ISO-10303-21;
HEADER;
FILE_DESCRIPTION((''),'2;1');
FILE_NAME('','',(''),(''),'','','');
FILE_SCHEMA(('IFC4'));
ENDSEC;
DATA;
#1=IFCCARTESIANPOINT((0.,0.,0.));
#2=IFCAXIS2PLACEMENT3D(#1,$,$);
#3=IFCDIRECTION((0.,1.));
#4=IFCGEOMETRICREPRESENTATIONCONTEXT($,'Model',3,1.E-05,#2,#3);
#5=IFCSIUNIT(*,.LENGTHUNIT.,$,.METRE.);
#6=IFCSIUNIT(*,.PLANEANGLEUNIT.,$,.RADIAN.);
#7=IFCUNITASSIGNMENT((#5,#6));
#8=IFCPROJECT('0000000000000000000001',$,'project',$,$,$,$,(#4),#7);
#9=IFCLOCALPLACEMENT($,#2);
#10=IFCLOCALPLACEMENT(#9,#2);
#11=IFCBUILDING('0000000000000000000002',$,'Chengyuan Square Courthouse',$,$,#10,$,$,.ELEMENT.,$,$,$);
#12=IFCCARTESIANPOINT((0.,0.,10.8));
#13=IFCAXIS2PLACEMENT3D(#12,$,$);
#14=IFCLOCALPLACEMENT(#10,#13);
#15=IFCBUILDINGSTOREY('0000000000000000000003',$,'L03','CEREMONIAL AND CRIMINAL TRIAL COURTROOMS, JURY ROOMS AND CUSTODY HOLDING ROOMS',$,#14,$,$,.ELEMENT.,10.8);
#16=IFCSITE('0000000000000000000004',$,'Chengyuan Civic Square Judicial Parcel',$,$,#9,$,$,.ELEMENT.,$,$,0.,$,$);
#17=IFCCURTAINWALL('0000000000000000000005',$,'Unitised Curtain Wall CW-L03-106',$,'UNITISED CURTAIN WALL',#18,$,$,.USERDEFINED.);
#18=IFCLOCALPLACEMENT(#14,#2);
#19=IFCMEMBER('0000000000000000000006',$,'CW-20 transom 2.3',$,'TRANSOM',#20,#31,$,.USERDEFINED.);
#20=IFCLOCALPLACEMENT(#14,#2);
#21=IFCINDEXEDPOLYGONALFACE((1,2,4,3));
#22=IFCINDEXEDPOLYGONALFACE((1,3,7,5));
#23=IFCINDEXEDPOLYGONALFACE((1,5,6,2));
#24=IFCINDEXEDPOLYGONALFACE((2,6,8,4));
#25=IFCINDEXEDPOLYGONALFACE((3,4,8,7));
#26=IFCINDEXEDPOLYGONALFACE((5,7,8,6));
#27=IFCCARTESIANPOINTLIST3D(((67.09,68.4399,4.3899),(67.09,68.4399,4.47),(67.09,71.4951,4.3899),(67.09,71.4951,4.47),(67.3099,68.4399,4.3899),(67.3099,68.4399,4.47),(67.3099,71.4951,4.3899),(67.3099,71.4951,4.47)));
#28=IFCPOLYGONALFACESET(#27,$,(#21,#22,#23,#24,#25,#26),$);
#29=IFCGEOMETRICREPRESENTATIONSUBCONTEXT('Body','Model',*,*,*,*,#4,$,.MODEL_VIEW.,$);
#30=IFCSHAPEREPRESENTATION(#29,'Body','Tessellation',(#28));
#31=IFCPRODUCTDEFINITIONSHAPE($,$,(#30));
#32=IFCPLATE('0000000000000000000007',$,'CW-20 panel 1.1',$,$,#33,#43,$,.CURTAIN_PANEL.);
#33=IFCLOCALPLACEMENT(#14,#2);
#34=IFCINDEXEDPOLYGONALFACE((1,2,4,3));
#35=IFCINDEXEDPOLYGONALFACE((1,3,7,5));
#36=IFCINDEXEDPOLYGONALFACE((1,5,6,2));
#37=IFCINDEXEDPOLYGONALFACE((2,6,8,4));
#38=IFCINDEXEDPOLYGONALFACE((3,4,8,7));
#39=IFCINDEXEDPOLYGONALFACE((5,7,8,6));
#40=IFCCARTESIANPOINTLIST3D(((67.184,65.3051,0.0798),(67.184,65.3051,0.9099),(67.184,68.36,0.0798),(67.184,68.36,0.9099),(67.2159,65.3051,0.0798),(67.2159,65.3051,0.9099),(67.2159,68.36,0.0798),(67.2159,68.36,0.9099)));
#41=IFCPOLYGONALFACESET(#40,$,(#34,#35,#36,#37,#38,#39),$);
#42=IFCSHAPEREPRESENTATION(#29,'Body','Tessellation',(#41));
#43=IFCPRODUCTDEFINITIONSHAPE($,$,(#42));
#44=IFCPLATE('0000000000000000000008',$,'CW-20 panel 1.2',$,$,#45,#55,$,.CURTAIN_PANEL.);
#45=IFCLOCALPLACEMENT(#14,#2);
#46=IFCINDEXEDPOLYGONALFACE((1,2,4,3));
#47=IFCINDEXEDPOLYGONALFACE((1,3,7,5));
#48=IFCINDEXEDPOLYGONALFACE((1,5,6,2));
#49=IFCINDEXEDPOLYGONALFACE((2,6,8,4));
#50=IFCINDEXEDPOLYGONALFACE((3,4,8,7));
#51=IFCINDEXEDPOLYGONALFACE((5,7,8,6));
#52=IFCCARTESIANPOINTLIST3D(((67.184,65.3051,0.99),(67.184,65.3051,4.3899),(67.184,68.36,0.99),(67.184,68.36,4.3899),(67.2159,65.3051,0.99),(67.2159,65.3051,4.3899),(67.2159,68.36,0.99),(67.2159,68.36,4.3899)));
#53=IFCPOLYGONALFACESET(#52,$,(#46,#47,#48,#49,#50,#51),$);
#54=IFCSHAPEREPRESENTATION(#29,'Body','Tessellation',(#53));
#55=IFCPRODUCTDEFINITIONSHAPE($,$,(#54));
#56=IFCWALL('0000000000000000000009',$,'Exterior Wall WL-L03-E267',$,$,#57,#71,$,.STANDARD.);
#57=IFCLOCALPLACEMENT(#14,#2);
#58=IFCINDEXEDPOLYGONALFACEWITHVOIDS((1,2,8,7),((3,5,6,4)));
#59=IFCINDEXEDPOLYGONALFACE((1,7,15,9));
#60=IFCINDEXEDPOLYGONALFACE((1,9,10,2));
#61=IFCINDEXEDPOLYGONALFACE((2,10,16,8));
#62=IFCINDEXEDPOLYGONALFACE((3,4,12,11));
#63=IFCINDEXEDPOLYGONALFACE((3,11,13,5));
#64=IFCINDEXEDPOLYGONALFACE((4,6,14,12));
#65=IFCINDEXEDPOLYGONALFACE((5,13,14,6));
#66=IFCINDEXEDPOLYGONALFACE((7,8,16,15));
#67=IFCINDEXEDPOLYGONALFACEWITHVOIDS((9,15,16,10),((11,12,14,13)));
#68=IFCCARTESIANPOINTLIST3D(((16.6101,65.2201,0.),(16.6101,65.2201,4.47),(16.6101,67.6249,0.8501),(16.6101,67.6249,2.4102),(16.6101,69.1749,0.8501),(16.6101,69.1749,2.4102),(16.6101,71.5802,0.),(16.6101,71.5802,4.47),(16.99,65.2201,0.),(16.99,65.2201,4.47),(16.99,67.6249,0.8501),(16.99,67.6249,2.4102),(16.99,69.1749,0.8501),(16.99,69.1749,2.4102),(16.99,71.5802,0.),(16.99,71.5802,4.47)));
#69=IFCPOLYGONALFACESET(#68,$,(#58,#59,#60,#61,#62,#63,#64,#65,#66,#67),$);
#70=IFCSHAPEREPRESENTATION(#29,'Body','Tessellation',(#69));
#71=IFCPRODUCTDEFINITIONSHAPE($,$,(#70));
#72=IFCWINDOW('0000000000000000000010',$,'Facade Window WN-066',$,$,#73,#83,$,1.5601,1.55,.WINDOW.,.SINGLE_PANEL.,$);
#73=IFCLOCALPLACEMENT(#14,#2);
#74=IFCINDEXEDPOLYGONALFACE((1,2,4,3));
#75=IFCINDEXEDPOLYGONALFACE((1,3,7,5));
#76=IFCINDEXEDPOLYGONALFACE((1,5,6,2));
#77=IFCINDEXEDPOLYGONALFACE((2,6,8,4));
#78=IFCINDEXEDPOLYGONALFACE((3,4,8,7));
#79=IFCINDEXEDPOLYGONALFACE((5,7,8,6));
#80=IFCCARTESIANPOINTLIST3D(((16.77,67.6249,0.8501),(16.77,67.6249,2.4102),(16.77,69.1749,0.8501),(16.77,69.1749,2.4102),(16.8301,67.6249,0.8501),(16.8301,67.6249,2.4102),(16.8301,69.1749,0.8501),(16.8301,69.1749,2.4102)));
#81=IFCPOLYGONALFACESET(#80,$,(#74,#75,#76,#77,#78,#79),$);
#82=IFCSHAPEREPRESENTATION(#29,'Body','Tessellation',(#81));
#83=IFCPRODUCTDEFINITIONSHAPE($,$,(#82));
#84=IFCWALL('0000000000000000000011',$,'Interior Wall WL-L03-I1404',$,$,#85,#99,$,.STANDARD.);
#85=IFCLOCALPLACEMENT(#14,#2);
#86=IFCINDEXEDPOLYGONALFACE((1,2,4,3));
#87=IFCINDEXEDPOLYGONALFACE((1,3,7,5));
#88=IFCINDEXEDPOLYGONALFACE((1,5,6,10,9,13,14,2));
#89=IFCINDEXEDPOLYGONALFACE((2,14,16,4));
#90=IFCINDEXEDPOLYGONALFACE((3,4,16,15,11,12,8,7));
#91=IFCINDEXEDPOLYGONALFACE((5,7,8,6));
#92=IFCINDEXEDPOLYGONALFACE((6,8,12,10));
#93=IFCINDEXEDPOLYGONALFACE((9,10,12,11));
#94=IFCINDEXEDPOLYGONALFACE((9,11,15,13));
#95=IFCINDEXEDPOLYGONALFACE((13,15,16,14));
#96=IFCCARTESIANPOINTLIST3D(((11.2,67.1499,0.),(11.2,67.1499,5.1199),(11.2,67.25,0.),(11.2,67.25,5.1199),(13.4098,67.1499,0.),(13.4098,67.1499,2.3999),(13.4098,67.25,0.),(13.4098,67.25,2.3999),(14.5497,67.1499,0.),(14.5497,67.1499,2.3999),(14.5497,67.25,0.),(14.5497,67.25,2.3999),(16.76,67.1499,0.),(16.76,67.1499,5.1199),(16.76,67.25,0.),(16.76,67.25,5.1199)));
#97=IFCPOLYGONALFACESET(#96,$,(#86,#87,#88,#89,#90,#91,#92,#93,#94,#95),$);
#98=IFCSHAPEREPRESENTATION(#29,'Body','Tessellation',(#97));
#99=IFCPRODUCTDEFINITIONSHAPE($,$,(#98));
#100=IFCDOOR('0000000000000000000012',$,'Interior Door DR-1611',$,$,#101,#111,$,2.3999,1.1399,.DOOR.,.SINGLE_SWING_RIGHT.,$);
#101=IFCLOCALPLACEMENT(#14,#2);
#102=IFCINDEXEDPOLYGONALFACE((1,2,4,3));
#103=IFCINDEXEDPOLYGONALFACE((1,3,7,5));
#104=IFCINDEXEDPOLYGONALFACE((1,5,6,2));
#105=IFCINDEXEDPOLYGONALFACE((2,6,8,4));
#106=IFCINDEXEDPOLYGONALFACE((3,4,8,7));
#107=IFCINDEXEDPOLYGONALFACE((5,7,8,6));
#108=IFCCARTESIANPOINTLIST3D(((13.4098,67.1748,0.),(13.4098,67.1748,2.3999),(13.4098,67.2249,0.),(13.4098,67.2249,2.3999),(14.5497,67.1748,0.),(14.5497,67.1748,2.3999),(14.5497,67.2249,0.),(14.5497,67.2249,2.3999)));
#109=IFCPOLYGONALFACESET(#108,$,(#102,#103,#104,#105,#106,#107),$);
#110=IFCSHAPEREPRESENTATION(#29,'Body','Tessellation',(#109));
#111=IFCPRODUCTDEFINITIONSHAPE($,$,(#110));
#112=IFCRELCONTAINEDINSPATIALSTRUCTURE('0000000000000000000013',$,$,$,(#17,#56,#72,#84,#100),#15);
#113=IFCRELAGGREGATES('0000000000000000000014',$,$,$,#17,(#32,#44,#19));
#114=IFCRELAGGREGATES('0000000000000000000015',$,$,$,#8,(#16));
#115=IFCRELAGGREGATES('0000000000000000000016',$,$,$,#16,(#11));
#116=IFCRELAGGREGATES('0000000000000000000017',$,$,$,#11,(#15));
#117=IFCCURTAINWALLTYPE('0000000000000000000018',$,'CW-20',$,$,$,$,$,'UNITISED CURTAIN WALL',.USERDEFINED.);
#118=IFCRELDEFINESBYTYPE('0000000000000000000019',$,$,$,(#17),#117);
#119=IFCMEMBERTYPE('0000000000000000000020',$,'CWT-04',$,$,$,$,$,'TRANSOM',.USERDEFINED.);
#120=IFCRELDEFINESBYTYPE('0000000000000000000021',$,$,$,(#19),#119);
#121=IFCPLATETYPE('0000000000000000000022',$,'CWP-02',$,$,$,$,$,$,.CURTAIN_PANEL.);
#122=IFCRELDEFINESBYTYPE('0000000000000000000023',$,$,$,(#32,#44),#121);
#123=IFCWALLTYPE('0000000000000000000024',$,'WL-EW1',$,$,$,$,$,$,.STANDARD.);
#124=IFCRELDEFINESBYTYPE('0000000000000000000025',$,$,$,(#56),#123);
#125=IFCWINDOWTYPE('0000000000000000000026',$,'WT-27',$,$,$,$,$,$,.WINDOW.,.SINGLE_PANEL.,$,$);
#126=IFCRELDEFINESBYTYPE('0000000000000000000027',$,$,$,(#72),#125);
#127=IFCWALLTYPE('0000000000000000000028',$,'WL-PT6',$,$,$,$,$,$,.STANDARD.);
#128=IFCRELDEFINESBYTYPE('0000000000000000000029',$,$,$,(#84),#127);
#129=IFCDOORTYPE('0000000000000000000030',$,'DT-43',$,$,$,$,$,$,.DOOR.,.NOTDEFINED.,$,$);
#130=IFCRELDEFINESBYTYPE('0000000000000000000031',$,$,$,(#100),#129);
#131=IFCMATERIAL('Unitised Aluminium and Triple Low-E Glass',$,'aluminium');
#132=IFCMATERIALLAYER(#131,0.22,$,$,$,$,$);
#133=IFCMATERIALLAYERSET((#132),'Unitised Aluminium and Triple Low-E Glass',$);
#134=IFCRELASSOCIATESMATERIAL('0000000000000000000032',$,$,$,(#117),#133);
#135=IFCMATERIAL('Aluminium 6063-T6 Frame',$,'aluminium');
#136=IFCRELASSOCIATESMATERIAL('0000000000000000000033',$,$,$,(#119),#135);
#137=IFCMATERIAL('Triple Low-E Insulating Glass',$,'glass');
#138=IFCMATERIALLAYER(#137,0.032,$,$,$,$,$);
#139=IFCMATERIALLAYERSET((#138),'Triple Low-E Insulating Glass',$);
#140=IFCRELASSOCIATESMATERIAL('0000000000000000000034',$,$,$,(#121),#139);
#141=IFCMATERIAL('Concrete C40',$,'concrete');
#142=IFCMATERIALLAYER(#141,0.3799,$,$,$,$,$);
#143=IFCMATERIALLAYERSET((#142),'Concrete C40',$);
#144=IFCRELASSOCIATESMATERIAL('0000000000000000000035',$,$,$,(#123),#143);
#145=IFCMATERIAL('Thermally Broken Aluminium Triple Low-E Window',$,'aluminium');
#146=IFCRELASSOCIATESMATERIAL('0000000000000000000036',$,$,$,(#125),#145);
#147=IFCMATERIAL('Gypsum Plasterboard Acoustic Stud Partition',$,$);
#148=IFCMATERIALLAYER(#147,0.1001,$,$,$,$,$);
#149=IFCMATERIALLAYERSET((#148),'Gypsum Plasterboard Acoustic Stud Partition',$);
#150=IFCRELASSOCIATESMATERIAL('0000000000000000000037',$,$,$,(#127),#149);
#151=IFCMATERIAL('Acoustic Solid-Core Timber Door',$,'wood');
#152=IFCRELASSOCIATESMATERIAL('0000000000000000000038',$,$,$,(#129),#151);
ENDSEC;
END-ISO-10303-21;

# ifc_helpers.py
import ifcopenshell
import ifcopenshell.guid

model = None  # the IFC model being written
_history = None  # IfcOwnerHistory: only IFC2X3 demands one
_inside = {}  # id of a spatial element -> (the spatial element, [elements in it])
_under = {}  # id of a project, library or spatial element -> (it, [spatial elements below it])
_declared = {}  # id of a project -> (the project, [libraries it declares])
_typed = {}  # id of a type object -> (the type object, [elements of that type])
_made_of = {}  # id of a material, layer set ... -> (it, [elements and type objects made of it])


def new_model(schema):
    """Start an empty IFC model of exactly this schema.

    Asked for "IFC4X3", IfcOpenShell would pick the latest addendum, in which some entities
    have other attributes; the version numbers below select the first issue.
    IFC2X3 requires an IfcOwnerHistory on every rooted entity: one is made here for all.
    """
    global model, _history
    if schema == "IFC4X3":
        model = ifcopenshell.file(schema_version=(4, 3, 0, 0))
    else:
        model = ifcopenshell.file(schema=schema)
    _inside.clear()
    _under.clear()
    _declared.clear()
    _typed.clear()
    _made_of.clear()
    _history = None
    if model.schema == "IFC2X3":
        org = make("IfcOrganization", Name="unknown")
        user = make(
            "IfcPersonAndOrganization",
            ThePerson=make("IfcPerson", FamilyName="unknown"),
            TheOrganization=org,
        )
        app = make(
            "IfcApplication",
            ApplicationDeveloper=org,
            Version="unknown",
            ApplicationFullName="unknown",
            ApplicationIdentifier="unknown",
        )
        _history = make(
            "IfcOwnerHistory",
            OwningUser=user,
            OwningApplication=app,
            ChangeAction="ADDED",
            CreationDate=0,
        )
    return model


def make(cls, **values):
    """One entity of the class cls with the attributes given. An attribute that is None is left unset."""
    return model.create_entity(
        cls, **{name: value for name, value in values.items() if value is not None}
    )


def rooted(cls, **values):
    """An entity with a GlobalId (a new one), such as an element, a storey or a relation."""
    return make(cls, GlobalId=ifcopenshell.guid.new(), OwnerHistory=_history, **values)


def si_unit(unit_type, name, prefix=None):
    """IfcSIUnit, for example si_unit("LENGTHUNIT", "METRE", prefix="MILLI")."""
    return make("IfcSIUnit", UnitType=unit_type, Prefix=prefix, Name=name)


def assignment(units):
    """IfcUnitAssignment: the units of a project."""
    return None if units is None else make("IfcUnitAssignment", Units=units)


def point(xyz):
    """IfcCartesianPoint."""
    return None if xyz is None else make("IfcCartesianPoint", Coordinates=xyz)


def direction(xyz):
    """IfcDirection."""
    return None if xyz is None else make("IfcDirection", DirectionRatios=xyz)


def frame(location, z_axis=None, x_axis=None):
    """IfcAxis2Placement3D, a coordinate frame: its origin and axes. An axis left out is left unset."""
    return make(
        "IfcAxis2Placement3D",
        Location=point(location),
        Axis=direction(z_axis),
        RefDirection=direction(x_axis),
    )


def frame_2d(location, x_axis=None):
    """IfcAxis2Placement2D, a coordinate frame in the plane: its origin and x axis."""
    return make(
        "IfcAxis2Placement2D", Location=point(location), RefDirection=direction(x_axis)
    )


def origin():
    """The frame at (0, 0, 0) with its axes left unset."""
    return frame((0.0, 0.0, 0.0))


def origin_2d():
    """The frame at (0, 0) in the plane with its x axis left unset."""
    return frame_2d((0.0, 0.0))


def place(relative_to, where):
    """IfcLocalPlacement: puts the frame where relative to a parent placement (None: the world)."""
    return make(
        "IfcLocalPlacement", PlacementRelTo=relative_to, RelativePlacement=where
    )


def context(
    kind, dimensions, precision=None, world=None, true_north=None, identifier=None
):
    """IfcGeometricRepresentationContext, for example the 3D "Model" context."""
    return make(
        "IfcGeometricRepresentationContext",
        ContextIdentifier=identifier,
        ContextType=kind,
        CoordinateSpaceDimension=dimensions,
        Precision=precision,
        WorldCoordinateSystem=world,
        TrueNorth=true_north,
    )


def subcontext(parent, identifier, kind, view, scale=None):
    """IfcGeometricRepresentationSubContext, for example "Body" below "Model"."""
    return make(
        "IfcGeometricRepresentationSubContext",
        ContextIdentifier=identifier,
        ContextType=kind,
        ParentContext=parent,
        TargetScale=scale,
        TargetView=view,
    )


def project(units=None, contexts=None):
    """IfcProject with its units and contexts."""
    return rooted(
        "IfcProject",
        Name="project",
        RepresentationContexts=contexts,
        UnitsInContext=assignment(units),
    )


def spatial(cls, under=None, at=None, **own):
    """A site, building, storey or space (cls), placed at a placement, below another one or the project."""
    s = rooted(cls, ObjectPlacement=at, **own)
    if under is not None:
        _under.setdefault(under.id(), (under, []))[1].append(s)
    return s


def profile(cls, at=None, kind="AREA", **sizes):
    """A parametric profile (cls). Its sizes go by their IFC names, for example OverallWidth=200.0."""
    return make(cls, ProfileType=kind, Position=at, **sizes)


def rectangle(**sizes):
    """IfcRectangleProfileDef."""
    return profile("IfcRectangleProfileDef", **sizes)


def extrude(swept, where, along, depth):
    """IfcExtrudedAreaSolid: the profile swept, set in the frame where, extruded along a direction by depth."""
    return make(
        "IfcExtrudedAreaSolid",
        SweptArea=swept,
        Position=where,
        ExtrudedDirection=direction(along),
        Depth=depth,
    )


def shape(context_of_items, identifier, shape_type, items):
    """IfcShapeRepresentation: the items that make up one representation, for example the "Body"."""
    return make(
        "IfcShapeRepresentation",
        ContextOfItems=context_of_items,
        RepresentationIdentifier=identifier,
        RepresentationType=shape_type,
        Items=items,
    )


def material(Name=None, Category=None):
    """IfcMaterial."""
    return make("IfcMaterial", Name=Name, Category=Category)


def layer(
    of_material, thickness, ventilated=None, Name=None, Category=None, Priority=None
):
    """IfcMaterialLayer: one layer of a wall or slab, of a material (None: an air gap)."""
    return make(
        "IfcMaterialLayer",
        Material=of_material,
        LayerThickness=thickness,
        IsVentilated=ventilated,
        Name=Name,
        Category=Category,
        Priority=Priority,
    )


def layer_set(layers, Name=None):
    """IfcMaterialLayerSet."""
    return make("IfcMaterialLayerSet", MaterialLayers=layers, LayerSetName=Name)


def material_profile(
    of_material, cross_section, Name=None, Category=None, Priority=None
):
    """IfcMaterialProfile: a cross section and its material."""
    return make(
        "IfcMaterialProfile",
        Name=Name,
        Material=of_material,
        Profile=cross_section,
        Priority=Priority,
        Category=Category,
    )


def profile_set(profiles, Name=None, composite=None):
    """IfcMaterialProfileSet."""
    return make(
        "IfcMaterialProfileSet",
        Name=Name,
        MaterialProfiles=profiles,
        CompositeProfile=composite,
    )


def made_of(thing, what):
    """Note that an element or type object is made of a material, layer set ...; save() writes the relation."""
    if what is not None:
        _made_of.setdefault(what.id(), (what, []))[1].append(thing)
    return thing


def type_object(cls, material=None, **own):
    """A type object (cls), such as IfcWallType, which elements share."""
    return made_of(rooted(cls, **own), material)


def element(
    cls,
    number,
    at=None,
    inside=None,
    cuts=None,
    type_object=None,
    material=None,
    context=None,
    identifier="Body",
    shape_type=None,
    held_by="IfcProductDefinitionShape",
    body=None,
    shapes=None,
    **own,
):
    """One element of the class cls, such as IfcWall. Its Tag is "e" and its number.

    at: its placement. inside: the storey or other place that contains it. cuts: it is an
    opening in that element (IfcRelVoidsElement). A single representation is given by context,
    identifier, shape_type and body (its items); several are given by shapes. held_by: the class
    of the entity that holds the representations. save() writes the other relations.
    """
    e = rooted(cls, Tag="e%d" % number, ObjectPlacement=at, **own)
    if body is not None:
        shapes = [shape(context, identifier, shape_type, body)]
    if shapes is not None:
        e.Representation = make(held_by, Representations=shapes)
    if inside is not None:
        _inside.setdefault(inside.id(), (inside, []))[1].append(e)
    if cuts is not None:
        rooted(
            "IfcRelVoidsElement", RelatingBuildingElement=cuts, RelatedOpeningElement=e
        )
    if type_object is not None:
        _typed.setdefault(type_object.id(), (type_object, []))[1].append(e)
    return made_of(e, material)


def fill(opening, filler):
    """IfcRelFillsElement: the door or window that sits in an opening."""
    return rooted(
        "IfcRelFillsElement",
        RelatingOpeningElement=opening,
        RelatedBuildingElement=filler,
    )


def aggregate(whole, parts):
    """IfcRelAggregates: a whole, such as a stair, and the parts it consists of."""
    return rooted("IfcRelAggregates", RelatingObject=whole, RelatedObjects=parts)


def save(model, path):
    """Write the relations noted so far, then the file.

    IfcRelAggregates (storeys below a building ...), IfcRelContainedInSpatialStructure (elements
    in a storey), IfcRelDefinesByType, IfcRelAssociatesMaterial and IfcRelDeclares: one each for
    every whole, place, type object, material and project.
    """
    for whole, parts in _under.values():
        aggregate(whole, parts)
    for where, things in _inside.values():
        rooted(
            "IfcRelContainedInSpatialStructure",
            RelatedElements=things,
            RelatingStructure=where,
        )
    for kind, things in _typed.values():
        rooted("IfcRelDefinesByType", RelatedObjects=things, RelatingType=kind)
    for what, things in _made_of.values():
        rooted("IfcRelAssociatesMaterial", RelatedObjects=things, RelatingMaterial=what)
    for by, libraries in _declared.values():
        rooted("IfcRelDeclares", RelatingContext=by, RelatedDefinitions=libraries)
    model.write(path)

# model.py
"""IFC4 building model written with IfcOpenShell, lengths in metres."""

from ifc_helpers import new_model, si_unit, direction, frame, frame_2d, origin, origin_2d, place, context, subcontext, project, spatial, rectangle, extrude, material, layer, layer_set, material_profile, profile_set, type_object, element, fill, aggregate, save


model = new_model("IFC4")

# Units and contexts
model_context = context("Model", 3, precision=1e-05, world=origin(), true_north=direction((0.0, 1.0)))
body_context = subcontext(model_context, "Body", "Model", "MODEL_VIEW")
ifc_project = project(units=[si_unit("LENGTHUNIT", "METRE"), si_unit("PLANEANGLEUNIT", "RADIAN")], contexts=[model_context])

# Site, building, storey
site_placement = place(None, origin())
site = spatial("IfcSite", under=ifc_project, at=site_placement, Name="Chengyuan Civic Square Judicial Parcel", CompositionType="ELEMENT", RefElevation=0.0)
building_placement = place(site_placement, origin())
building = spatial("IfcBuilding", under=site, at=building_placement, Name="Chengyuan Square Courthouse", CompositionType="ELEMENT")
storey_placement = place(building_placement, frame((0.0, 0.0, 10.8)))
storey = spatial("IfcBuildingStorey", under=building, at=storey_placement, Name="L03", Description="CEREMONIAL AND CRIMINAL TRIAL COURTROOMS, JURY ROOMS AND CUSTODY HOLDING ROOMS", CompositionType="ELEMENT", Elevation=10.8)

# Shared definitions
ifc_material_1 = material(Name="Concrete C40", Category="concrete")

# Shared definitions
ifc_material_2 = material(Name="Unitised Aluminium and Triple Low-E Glass", Category="aluminium")
ifc_layer_1 = layer(ifc_material_2, 0.22)
ifc_layer_set_1 = layer_set([ifc_layer_1], Name="Unitised Aluminium and Triple Low-E Glass")
curtain_wall_type = type_object("IfcCurtainWallType", Name="CW-20", ElementType="UNITISED CURTAIN WALL", PredefinedType="USERDEFINED", material=ifc_layer_set_1)
ifc_material_3 = material(Name="Aluminium 6063-T6 Frame", Category="aluminium")

# Curtain wall, member, plates
curtain_wall_1_placement = place(storey_placement, origin())
curtain_wall_1 = element("IfcCurtainWall", 1, at=curtain_wall_1_placement, inside=storey, type_object=curtain_wall_type, Name="Unitised Curtain Wall CW-L03-106", ObjectType="UNITISED CURTAIN WALL", PredefinedType="USERDEFINED")
ifc_material_profile_1 = material_profile(ifc_material_3, rectangle(XDim=0.22, YDim=0.0801, at=origin_2d()), Name="CW-TRN-80x180")
ifc_profile_set_1 = profile_set([ifc_material_profile_1], Name="Aluminium 6063-T6 Frame")
member_type_1 = type_object("IfcMemberType", Name="CWT-04", ElementType="TRANSOM", PredefinedType="USERDEFINED", material=ifc_profile_set_1)
member_1_placement = place(storey_placement, frame((67.2, 68.4399, 4.4299), z_axis=(0.0, 1.0, 0.0), x_axis=(-1.0, 0.0, 0.0)))
member_1 = element("IfcMember", 2, at=member_1_placement, type_object=member_type_1, Name="CW-20 transom 2.3", ObjectType="TRANSOM", PredefinedType="USERDEFINED", context=body_context, shape_type="SweptSolid", body=[
    extrude(rectangle(XDim=0.22, YDim=0.0801, at=origin_2d()), origin(), (0.0, 0.0, 1.0), 3.0552),
])
ifc_material_4 = material(Name="Triple Low-E Insulating Glass", Category="glass")
ifc_layer_2 = layer(ifc_material_4, 0.032)
ifc_layer_set_2 = layer_set([ifc_layer_2], Name="Triple Low-E Insulating Glass")
plate_type = type_object("IfcPlateType", Name="CWP-02", PredefinedType="CURTAIN_PANEL", material=ifc_layer_set_2)
plate_1_placement = place(storey_placement, frame((67.2, 66.8325, 0.0798), z_axis=(0.0, 0.0, 1.0), x_axis=(0.0, 1.0, 0.0)))
plate_1 = element("IfcPlate", 3, at=plate_1_placement, type_object=plate_type, Name="CW-20 panel 1.1", PredefinedType="CURTAIN_PANEL", context=body_context, shape_type="SweptSolid", body=[
    extrude(rectangle(XDim=3.0549, YDim=0.032, at=origin_2d()), origin(), (0.0, 0.0, 1.0), 0.8301),
])
plate_2_placement = place(storey_placement, frame((67.2, 66.8325, 0.99), z_axis=(0.0, 0.0, 1.0), x_axis=(0.0, 1.0, 0.0)))
plate_2 = element("IfcPlate", 4, at=plate_2_placement, type_object=plate_type, Name="CW-20 panel 1.2", PredefinedType="CURTAIN_PANEL", context=body_context, shape_type="SweptSolid", body=[
    extrude(rectangle(XDim=3.0549, YDim=0.032, at=origin_2d()), origin(), (0.0, 0.0, 1.0), 3.3999),
])
aggregate(curtain_wall_1, [plate_1, plate_2, member_1])

# Wall, opening, window
ifc_layer_3 = layer(ifc_material_1, 0.3799)
ifc_layer_set_3 = layer_set([ifc_layer_3], Name="Concrete C40")
wall_type_1 = type_object("IfcWallType", Name="WL-EW1", PredefinedType="STANDARD", material=ifc_layer_set_3)
wall_1_placement = place(storey_placement, frame((16.8, 65.22, 0.0), z_axis=(0.0, 0.0, 1.0), x_axis=(0.0, 1.0, 0.0)))
wall_1 = element("IfcWall", 5, at=wall_1_placement, inside=storey, type_object=wall_type_1, Name="Exterior Wall WL-L03-E267", PredefinedType="STANDARD", context=body_context, shape_type="SweptSolid", body=[
    extrude(rectangle(XDim=6.3601, YDim=0.3799, at=frame_2d((3.1802, 0.0))), origin(), (0.0, 0.0, 1.0), 4.47),
])
opening_1_placement = place(wall_1_placement, frame((2.405, 0.0, 0.8501)))
opening_1 = element("IfcOpeningElement", 6, at=opening_1_placement, cuts=wall_1, PredefinedType="OPENING", context=body_context, shape_type="SweptSolid", body=[
    extrude(rectangle(XDim=1.55, YDim=1.5601, at=frame_2d((0.7749, 0.78))), frame((0.0, 0.2019, 0.0), z_axis=(0.0, -1.0, 0.0), x_axis=(1.0, 0.0, 0.0)), (0.0, 0.0, 1.0), 0.4038),
])
ifc_material_5 = material(Name="Thermally Broken Aluminium Triple Low-E Window", Category="aluminium")
window_type = type_object("IfcWindowType", Name="WT-27", PartitioningType="SINGLE_PANEL", PredefinedType="WINDOW", material=ifc_material_5)
window_placement = place(opening_1_placement, origin())
window = element("IfcWindow", 7, at=window_placement, inside=storey, type_object=window_type, Name="Facade Window WN-066", OverallHeight=1.5601, OverallWidth=1.55, PartitioningType="SINGLE_PANEL", PredefinedType="WINDOW", context=body_context, shape_type="SweptSolid", body=[
    extrude(rectangle(XDim=1.55, YDim=1.5601, at=frame_2d((0.7749, 0.78))), frame((0.0, 0.03, 0.0), z_axis=(0.0, -1.0, 0.0), x_axis=(1.0, 0.0, 0.0)), (0.0, 0.0, 1.0), 0.0601),
])
fill(opening_1, window)

# Wall, opening, door
ifc_material_6 = material(Name="Gypsum Plasterboard Acoustic Stud Partition")
ifc_layer_4 = layer(ifc_material_6, 0.1001)
ifc_layer_set_4 = layer_set([ifc_layer_4], Name="Gypsum Plasterboard Acoustic Stud Partition")
wall_type_2 = type_object("IfcWallType", Name="WL-PT6", PredefinedType="STANDARD", material=ifc_layer_set_4)
ifc_material_7 = material(Name="Acoustic Solid-Core Timber Door", Category="wood")
wall_2_placement = place(storey_placement, frame((11.2, 67.2, 0.0), z_axis=(0.0, 0.0, 1.0), x_axis=(1.0, 0.0, 0.0)))
wall_2 = element("IfcWall", 8, at=wall_2_placement, inside=storey, type_object=wall_type_2, Name="Interior Wall WL-L03-I1404", PredefinedType="STANDARD", context=body_context, shape_type="SweptSolid", body=[
    extrude(rectangle(XDim=5.5601, YDim=0.1001, at=frame_2d((2.78, 0.0))), origin(), (0.0, 0.0, 1.0), 5.1199),
])
opening_2_placement = place(wall_2_placement, frame((2.21, 0.0, 0.0)))
opening_2 = element("IfcOpeningElement", 9, at=opening_2_placement, cuts=wall_2, PredefinedType="OPENING", context=body_context, shape_type="SweptSolid", body=[
    extrude(rectangle(XDim=1.1399, YDim=2.3999, at=frame_2d((0.5698, 1.2))), frame((0.0, 0.062, 0.0), z_axis=(0.0, -1.0, 0.0), x_axis=(1.0, 0.0, 0.0)), (0.0, 0.0, 1.0), 0.124),
])
door_type_1 = type_object("IfcDoorType", Name="DT-43", OperationType="NOTDEFINED", PredefinedType="DOOR", material=ifc_material_7)
door_1_placement = place(opening_2_placement, origin())
door_1 = element("IfcDoor", 10, at=door_1_placement, inside=storey, type_object=door_type_1, Name="Interior Door DR-1611", OperationType="SINGLE_SWING_RIGHT", OverallHeight=2.3999, OverallWidth=1.1399, PredefinedType="DOOR", context=body_context, shape_type="SweptSolid", body=[
    extrude(rectangle(XDim=1.1399, YDim=2.3999, at=frame_2d((0.5698, 1.2))), frame((0.0, 0.0249, 0.0), z_axis=(0.0, -1.0, 0.0), x_axis=(1.0, 0.0, 0.0)), (0.0, 0.0, 1.0), 0.05),
])
fill(opening_2, door_1)

save(model, "model.ifc")
